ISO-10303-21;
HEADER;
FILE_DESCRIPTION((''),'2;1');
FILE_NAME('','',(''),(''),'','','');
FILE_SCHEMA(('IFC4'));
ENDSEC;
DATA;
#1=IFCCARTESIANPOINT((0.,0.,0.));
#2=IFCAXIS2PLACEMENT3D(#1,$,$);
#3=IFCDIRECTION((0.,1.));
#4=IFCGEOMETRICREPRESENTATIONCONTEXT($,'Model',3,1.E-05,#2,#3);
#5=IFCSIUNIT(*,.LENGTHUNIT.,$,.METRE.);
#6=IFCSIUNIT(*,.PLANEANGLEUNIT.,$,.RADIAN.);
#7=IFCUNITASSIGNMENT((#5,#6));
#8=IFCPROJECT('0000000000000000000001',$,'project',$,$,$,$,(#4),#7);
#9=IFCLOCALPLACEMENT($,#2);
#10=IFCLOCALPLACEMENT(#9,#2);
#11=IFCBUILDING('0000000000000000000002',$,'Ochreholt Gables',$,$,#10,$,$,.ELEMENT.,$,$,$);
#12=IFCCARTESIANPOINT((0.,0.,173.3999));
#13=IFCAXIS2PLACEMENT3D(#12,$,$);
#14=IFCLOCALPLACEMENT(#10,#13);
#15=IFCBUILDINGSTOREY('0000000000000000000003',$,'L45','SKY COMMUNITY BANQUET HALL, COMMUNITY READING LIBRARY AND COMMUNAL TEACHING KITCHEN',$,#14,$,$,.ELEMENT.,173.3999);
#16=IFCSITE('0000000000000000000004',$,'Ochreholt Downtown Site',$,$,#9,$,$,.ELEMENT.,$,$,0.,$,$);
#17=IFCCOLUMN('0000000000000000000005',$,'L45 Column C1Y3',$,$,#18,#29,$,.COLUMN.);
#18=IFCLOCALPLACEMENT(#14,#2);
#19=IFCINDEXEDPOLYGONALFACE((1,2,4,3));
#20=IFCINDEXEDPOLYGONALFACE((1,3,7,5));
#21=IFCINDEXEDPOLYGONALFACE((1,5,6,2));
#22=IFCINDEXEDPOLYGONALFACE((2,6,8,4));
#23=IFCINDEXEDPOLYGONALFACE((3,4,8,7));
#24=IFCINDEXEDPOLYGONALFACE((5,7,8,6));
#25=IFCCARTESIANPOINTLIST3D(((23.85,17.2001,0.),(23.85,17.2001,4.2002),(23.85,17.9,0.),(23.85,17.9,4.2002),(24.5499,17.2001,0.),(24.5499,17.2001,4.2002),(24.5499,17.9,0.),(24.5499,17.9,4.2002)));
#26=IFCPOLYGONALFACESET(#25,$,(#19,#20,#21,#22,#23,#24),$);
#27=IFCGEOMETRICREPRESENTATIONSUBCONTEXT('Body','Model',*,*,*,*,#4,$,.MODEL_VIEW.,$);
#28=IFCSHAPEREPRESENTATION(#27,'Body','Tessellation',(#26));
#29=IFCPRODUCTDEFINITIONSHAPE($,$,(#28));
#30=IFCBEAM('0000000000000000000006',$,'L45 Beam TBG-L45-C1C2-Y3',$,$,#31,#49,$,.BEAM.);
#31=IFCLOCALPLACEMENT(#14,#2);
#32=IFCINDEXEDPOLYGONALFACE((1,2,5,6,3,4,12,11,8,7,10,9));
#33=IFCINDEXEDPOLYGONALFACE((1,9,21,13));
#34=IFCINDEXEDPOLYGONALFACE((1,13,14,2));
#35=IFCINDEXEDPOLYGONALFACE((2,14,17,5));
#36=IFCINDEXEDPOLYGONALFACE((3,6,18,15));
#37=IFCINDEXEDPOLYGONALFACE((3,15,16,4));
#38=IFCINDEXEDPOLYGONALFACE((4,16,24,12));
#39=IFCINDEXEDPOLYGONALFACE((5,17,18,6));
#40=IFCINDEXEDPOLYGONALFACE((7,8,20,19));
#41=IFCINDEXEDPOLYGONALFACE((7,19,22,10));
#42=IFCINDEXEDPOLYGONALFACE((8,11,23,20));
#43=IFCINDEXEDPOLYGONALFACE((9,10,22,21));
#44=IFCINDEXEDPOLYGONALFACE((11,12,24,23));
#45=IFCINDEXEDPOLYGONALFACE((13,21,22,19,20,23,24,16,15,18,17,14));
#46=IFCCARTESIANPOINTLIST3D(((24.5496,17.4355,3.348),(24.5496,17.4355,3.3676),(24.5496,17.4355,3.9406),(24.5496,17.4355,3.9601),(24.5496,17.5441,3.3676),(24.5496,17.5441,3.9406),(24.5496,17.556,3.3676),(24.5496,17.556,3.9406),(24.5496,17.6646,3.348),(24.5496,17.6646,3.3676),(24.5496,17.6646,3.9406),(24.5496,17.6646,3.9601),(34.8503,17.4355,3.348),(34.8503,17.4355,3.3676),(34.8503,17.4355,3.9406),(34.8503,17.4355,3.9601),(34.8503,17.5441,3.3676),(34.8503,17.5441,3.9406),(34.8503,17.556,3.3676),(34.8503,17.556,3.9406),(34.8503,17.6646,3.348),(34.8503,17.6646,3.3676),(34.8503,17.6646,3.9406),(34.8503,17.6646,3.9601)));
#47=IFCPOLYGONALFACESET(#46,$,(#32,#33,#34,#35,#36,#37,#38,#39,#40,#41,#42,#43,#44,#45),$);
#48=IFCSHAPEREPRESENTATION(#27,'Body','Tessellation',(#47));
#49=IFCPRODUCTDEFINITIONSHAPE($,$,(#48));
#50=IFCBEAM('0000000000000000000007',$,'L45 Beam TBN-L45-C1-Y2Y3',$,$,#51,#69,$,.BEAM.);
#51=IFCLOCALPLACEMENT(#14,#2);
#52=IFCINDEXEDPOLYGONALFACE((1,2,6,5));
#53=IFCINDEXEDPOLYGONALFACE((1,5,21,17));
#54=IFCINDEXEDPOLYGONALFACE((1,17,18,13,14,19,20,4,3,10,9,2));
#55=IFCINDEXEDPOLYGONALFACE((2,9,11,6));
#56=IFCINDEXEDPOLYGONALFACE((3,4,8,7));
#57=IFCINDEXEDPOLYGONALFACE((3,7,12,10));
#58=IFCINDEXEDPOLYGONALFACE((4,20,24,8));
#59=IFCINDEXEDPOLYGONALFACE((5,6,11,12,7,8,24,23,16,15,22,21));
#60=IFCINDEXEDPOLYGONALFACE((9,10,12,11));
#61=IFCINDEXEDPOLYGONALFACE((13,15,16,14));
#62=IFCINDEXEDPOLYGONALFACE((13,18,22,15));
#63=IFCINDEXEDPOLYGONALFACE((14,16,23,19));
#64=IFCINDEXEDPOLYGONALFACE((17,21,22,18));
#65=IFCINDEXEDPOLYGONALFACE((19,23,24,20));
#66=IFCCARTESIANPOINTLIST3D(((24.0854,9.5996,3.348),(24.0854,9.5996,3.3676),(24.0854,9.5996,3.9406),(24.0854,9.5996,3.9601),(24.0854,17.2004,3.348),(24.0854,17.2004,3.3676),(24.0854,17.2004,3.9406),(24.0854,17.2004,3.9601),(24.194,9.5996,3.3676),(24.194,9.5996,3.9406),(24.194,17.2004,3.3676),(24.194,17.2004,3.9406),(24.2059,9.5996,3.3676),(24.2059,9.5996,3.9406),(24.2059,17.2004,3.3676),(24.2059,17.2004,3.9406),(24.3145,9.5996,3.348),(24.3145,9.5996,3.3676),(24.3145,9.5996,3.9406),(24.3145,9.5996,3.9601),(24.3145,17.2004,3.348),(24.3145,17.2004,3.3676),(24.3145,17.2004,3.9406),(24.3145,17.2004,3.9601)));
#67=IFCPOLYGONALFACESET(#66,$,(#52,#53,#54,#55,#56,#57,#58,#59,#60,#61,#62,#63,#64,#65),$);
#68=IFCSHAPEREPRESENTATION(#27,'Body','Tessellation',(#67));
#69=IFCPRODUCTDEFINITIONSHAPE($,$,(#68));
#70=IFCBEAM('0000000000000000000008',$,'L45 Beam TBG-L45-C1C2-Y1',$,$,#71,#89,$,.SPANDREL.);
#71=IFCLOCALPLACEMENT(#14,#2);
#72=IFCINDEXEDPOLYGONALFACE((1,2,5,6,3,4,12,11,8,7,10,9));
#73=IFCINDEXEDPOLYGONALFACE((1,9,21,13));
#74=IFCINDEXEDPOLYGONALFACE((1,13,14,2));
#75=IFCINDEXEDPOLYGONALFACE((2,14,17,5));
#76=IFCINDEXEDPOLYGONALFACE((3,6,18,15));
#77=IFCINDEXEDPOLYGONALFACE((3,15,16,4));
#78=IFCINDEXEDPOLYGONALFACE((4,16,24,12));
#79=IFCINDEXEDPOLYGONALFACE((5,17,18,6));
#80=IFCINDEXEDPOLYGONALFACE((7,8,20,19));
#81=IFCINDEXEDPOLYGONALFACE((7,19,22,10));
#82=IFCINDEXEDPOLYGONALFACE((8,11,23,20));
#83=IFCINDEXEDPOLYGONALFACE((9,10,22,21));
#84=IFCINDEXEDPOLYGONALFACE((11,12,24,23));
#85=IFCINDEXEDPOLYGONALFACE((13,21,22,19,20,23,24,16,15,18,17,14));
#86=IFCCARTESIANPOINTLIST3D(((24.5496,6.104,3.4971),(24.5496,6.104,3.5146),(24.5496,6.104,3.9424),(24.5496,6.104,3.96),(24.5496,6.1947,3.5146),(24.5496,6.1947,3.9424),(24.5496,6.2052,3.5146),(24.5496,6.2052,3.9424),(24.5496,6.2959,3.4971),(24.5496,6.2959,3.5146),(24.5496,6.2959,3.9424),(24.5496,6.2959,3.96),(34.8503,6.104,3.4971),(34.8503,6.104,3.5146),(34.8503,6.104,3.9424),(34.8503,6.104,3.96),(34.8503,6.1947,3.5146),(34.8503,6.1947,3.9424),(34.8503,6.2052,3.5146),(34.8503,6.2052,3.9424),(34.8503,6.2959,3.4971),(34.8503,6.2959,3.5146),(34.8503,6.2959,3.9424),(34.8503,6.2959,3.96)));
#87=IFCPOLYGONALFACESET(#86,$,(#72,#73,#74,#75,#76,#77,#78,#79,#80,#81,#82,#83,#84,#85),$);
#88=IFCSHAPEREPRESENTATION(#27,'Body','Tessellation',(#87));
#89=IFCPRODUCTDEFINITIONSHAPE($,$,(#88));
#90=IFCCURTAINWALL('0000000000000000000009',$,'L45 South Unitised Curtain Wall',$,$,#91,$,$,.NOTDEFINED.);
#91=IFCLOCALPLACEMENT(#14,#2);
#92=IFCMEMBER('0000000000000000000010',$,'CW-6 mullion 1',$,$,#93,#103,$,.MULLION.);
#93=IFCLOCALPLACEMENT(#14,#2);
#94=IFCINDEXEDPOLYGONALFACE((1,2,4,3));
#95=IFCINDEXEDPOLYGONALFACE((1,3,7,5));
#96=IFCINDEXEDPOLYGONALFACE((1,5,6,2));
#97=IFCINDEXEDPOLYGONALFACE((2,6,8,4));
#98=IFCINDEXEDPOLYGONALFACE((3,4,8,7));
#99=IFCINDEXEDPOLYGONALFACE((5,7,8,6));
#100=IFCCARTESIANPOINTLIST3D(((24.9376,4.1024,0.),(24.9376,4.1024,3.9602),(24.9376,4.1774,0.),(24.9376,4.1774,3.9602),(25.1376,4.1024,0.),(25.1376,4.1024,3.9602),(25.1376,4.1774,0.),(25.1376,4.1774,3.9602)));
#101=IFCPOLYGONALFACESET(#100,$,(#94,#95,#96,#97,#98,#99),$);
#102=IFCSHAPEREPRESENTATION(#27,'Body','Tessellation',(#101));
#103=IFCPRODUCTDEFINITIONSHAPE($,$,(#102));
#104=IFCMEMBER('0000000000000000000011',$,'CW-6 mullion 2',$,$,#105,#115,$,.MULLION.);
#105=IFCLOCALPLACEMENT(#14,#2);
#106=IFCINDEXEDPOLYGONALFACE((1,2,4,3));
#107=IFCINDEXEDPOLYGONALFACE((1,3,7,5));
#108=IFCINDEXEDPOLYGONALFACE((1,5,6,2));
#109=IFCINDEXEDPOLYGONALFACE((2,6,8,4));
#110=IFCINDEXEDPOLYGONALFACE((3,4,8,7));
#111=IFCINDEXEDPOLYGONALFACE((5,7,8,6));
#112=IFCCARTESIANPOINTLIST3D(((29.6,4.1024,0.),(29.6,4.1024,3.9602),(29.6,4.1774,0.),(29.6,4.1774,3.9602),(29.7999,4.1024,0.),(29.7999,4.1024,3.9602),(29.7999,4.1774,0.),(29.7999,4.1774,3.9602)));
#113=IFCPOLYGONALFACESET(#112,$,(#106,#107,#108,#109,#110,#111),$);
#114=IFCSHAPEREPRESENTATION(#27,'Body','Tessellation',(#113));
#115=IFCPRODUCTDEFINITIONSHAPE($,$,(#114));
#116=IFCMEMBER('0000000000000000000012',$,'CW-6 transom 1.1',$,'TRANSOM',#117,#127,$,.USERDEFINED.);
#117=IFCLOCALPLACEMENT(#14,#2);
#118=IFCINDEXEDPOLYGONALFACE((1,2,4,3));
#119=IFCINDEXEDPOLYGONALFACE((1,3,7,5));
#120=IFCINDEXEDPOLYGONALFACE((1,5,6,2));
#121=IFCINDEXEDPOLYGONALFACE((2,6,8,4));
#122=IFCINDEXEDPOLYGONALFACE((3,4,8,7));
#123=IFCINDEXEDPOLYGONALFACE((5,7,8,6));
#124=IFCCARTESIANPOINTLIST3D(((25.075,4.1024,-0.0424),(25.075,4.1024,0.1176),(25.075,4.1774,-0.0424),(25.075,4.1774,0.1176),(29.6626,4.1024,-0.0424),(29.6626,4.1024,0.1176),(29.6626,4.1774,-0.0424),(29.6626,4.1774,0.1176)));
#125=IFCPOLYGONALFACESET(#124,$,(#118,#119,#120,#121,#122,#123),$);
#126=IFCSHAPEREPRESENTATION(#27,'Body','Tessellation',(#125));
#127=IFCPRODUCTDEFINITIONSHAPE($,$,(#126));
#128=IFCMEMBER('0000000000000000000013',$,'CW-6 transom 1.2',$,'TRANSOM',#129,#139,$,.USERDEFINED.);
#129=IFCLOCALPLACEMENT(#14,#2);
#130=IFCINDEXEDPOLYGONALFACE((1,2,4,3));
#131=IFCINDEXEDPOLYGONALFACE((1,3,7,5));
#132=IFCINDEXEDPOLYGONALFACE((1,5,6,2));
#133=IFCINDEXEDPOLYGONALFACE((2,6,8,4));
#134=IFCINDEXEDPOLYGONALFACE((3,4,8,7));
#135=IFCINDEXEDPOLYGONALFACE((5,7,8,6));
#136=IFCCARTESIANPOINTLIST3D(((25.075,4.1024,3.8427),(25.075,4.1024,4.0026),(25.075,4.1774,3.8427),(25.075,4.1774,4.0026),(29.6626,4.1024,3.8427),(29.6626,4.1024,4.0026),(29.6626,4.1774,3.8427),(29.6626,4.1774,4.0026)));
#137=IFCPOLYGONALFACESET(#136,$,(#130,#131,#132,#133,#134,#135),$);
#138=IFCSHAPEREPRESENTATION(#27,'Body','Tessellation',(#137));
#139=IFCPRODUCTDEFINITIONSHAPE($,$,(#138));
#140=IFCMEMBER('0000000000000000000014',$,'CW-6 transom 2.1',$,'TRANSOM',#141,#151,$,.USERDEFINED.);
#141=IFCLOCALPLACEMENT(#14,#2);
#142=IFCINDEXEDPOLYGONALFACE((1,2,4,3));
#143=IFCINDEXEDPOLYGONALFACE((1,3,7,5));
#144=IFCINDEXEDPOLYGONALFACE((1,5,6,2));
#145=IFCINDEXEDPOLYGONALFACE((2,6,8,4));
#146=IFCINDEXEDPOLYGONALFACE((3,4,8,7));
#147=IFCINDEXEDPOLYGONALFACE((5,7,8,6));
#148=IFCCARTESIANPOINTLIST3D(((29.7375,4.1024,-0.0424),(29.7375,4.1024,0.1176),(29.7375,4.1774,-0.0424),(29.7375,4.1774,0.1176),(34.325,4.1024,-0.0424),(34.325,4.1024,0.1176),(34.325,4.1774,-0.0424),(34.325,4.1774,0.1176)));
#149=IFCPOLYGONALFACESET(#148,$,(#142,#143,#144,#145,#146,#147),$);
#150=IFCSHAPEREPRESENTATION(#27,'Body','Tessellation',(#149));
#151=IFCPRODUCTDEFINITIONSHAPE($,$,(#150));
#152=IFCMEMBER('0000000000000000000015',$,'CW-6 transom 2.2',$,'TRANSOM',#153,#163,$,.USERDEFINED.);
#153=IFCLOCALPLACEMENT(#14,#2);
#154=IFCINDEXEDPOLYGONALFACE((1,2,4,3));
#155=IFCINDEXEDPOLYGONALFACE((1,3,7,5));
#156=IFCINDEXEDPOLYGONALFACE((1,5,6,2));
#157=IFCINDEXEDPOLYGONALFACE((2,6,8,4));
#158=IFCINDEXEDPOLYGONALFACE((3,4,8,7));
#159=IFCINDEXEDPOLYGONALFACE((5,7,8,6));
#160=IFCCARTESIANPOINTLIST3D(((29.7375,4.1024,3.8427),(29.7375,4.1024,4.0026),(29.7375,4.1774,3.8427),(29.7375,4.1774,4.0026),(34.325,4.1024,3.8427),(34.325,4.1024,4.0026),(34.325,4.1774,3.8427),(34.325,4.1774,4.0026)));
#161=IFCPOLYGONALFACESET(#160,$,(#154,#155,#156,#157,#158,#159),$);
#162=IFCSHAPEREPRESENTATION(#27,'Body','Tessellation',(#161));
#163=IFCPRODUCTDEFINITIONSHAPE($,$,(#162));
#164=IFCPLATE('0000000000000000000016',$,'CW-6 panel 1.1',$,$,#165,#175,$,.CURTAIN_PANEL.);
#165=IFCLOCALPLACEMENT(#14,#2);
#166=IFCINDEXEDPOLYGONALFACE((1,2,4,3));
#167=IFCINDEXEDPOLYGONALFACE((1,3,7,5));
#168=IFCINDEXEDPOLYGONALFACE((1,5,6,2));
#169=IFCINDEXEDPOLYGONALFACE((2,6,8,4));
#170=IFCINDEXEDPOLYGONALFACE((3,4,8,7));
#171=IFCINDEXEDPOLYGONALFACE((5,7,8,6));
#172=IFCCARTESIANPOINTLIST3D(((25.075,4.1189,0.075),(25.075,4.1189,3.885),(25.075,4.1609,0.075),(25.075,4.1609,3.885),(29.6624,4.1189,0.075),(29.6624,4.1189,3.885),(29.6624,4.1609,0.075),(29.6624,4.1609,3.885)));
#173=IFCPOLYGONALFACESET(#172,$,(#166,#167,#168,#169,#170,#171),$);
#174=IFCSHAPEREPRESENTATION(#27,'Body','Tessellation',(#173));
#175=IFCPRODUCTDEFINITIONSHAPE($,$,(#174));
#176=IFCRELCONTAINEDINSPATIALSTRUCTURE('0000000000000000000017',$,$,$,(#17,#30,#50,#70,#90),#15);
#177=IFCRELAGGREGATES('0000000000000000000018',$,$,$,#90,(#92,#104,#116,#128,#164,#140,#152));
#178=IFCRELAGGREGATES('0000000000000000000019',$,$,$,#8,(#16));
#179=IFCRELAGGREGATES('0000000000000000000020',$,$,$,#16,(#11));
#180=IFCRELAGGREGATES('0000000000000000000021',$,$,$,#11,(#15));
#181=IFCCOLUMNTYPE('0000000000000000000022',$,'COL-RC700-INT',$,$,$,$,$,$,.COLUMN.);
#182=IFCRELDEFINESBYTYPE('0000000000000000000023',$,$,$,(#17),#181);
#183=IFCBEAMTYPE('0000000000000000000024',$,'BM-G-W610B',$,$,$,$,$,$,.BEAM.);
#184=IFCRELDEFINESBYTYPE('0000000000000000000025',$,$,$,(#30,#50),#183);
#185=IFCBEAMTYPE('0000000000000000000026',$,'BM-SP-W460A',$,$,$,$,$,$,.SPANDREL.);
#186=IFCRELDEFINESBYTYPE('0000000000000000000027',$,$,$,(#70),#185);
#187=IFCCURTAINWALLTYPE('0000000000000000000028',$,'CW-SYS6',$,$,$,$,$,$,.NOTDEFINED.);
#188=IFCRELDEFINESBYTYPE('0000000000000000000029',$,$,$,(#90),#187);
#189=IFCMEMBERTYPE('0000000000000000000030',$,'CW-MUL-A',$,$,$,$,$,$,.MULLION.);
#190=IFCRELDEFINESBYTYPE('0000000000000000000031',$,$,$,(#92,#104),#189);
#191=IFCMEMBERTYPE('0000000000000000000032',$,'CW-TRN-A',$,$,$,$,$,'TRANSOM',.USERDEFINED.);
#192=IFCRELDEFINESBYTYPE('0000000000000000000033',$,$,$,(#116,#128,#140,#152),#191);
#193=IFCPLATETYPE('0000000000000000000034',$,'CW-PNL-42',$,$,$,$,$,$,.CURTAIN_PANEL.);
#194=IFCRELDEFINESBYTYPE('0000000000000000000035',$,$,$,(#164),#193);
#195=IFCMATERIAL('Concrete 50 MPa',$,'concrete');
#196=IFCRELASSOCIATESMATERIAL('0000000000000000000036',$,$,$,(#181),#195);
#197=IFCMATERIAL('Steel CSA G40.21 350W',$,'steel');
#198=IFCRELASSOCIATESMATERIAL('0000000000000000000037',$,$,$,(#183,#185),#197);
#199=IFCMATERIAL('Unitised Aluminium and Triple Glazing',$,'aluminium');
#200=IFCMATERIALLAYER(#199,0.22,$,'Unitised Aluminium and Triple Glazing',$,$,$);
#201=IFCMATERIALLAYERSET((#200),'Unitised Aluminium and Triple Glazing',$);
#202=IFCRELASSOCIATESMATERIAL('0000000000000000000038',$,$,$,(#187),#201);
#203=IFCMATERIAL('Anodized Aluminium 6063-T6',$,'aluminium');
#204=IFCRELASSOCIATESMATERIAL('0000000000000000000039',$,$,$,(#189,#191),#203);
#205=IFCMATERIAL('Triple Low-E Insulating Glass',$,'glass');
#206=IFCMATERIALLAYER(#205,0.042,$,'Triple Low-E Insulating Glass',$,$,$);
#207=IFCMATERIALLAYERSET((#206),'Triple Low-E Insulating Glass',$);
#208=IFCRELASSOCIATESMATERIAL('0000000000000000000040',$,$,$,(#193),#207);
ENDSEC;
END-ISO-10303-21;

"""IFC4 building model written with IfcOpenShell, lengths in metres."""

from ifc_helpers import new_model, si_unit, direction, frame, origin, origin_2d, place, context, subcontext, project, spatial, rectangle, i_section, extrude, material, layer, layer_set, material_profile, profile_set, type_object, element, aggregate, save


model = new_model("IFC4")

# Units and contexts
model_context = context("Model", 3, precision=1e-05, world=origin(), true_north=direction((0.0, 1.0)))
body_context = subcontext(model_context, "Body", "Model", "MODEL_VIEW")
ifc_project = project(units=[si_unit("LENGTHUNIT", "METRE"), si_unit("PLANEANGLEUNIT", "RADIAN")], contexts=[model_context])

# Site, building, storey
site_placement = place(None, origin())
site = spatial("IfcSite", under=ifc_project, at=site_placement, Name="Ochreholt Downtown Site", CompositionType="ELEMENT", RefElevation=0.0)
building_placement = place(site_placement, origin())
building = spatial("IfcBuilding", under=site, at=building_placement, Name="Ochreholt Gables", CompositionType="ELEMENT")
storey_placement = place(building_placement, frame((0.0, 0.0, 173.3999)))
storey = spatial("IfcBuildingStorey", under=building, at=storey_placement, Name="L45", Description="SKY COMMUNITY BANQUET HALL, COMMUNITY READING LIBRARY AND COMMUNAL TEACHING KITCHEN", CompositionType="ELEMENT", Elevation=173.3999)

# Column
ifc_material_1 = material(Name="Concrete 50 MPa", Category="concrete")
ifc_material_profile_1 = material_profile(ifc_material_1, rectangle(XDim=0.7, YDim=0.7, at=origin_2d()), Name="RC700X700")
ifc_profile_set_1 = profile_set([ifc_material_profile_1], Name="Concrete 50 MPa")
column_type = type_object("IfcColumnType", Name="COL-RC700-INT", PredefinedType="COLUMN", material=ifc_profile_set_1)
column_placement = place(storey_placement, frame((24.2, 17.55, 0.0), z_axis=(0.0, 0.0, 1.0), x_axis=(1.0, 0.0, 0.0)))
element("IfcColumn", 1, at=column_placement, inside=storey, type_object=column_type, Name="L45 Column C1Y3", PredefinedType="COLUMN", context=body_context, shape_type="SweptSolid", body=[
    extrude(rectangle(XDim=0.7, YDim=0.7, at=origin_2d()), origin(), (0.0, 0.0, 1.0), 4.2002),
])

# Beams
ifc_material_2 = material(Name="Steel CSA G40.21 350W", Category="steel")
ifc_material_profile_2 = material_profile(ifc_material_2, i_section(OverallWidth=0.229, OverallDepth=0.6121, WebThickness=0.012, FlangeThickness=0.0195, at=origin_2d()), Name="W610X125")
ifc_profile_set_2 = profile_set([ifc_material_profile_2], Name="Steel CSA G40.21 350W")
beam_type_1 = type_object("IfcBeamType", Name="BM-G-W610B", PredefinedType="BEAM", material=ifc_profile_set_2)
beam_1_placement = place(storey_placement, frame((24.5496, 17.55, 3.6541), z_axis=(1.0, 0.0, 0.0), x_axis=(0.0, 1.0, 0.0)))
element("IfcBeam", 2, at=beam_1_placement, inside=storey, type_object=beam_type_1, Name="L45 Beam TBG-L45-C1C2-Y3", PredefinedType="BEAM", context=body_context, shape_type="SweptSolid", body=[
    extrude(i_section(OverallWidth=0.229, OverallDepth=0.6121, WebThickness=0.012, FlangeThickness=0.0195, at=origin_2d()), origin(), (0.0, 0.0, 1.0), 10.3008),
])
beam_2_placement = place(storey_placement, frame((24.2, 9.5996, 3.6541), z_axis=(0.0, 1.0, 0.0), x_axis=(-1.0, 0.0, 0.0)))
element("IfcBeam", 3, at=beam_2_placement, inside=storey, type_object=beam_type_1, Name="L45 Beam TBN-L45-C1-Y2Y3", PredefinedType="BEAM", context=body_context, shape_type="SweptSolid", body=[
    extrude(i_section(OverallWidth=0.229, OverallDepth=0.6121, WebThickness=0.012, FlangeThickness=0.0195, at=origin_2d()), origin(), (0.0, 0.0, 1.0), 7.6008),
])
ifc_material_profile_3 = material_profile(ifc_material_2, i_section(OverallWidth=0.1919, OverallDepth=0.4629, WebThickness=0.0105, FlangeThickness=0.0176, at=origin_2d()), Name="W460X89")
ifc_profile_set_3 = profile_set([ifc_material_profile_3], Name="Steel CSA G40.21 350W")
beam_type_2 = type_object("IfcBeamType", Name="BM-SP-W460A", PredefinedType="SPANDREL", material=ifc_profile_set_3)
beam_3_placement = place(storey_placement, frame((24.5496, 6.2, 3.7285), z_axis=(1.0, 0.0, 0.0), x_axis=(0.0, 1.0, 0.0)))
element("IfcBeam", 4, at=beam_3_placement, inside=storey, type_object=beam_type_2, Name="L45 Beam TBG-L45-C1C2-Y1", PredefinedType="SPANDREL", context=body_context, shape_type="SweptSolid", body=[
    extrude(i_section(OverallWidth=0.1919, OverallDepth=0.4629, WebThickness=0.0105, FlangeThickness=0.0176, at=origin_2d()), origin(), (0.0, 0.0, 1.0), 10.3008),
])

# Curtain wall, members, plate
ifc_material_3 = material(Name="Unitised Aluminium and Triple Glazing", Category="aluminium")
ifc_layer_1 = layer(ifc_material_3, 0.22, Name="Unitised Aluminium and Triple Glazing")
ifc_layer_set_1 = layer_set([ifc_layer_1], Name="Unitised Aluminium and Triple Glazing")
curtain_wall_type = type_object("IfcCurtainWallType", Name="CW-SYS6", PredefinedType="NOTDEFINED", material=ifc_layer_set_1)
curtain_wall_placement = place(storey_placement, origin())
curtain_wall = element("IfcCurtainWall", 5, at=curtain_wall_placement, inside=storey, type_object=curtain_wall_type, Name="L45 South Unitised Curtain Wall", PredefinedType="NOTDEFINED")
ifc_material_4 = material(Name="Anodized Aluminium 6063-T6", Category="aluminium")
ifc_material_profile_4 = material_profile(ifc_material_4, rectangle(XDim=0.075, YDim=0.2, at=origin_2d()), Name="CWM75X200")
ifc_profile_set_4 = profile_set([ifc_material_profile_4], Name="Anodized Aluminium 6063-T6")
member_type_1 = type_object("IfcMemberType", Name="CW-MUL-A", PredefinedType="MULLION", material=ifc_profile_set_4)
member_1_placement = place(storey_placement, frame((25.0376, 4.1399, 0.0), z_axis=(0.0, 0.0, 1.0), x_axis=(0.0, 1.0, 0.0)))
member_1 = element("IfcMember", 6, at=member_1_placement, type_object=member_type_1, Name="CW-6 mullion 1", PredefinedType="MULLION", context=body_context, shape_type="SweptSolid", body=[
    extrude(rectangle(XDim=0.075, YDim=0.2, at=origin_2d()), origin(), (0.0, 0.0, 1.0), 3.9602),
])
member_2_placement = place(storey_placement, frame((29.7, 4.1399, 0.0), z_axis=(0.0, 0.0, 1.0), x_axis=(0.0, 1.0, 0.0)))
member_2 = element("IfcMember", 7, at=member_2_placement, type_object=member_type_1, Name="CW-6 mullion 2", PredefinedType="MULLION", context=body_context, shape_type="SweptSolid", body=[
    extrude(rectangle(XDim=0.075, YDim=0.2, at=origin_2d()), origin(), (0.0, 0.0, 1.0), 3.9602),
])
ifc_material_profile_5 = material_profile(ifc_material_4, rectangle(XDim=0.075, YDim=0.1599, at=origin_2d()), Name="CWT75X160")
ifc_profile_set_5 = profile_set([ifc_material_profile_5], Name="Anodized Aluminium 6063-T6")
member_type_2 = type_object("IfcMemberType", Name="CW-TRN-A", ElementType="TRANSOM", PredefinedType="USERDEFINED", material=ifc_profile_set_5)
member_3_placement = place(storey_placement, frame((25.075, 4.1399, 0.0376), z_axis=(1.0, 0.0, 0.0), x_axis=(0.0, 1.0, 0.0)))
member_3 = element("IfcMember", 8, at=member_3_placement, type_object=member_type_2, Name="CW-6 transom 1.1", ObjectType="TRANSOM", PredefinedType="USERDEFINED", context=body_context, shape_type="SweptSolid", body=[
    extrude(rectangle(XDim=0.075, YDim=0.1599, at=origin_2d()), origin(), (0.0, 0.0, 1.0), 4.5876),
])
member_4_placement = place(storey_placement, frame((25.075, 4.1399, 3.9226), z_axis=(1.0, 0.0, 0.0), x_axis=(0.0, 1.0, 0.0)))
member_4 = element("IfcMember", 9, at=member_4_placement, type_object=member_type_2, Name="CW-6 transom 1.2", ObjectType="TRANSOM", PredefinedType="USERDEFINED", context=body_context, shape_type="SweptSolid", body=[
    extrude(rectangle(XDim=0.075, YDim=0.1599, at=origin_2d()), origin(), (0.0, 0.0, 1.0), 4.5876),
])
member_5_placement = place(storey_placement, frame((29.7375, 4.1399, 0.0376), z_axis=(1.0, 0.0, 0.0), x_axis=(0.0, 1.0, 0.0)))
member_5 = element("IfcMember", 10, at=member_5_placement, type_object=member_type_2, Name="CW-6 transom 2.1", ObjectType="TRANSOM", PredefinedType="USERDEFINED", context=body_context, shape_type="SweptSolid", body=[
    extrude(rectangle(XDim=0.075, YDim=0.1599, at=origin_2d()), origin(), (0.0, 0.0, 1.0), 4.5874),
])
member_6_placement = place(storey_placement, frame((29.7375, 4.1399, 3.9226), z_axis=(1.0, 0.0, 0.0), x_axis=(0.0, 1.0, 0.0)))
member_6 = element("IfcMember", 11, at=member_6_placement, type_object=member_type_2, Name="CW-6 transom 2.2", ObjectType="TRANSOM", PredefinedType="USERDEFINED", context=body_context, shape_type="SweptSolid", body=[
    extrude(rectangle(XDim=0.075, YDim=0.1599, at=origin_2d()), origin(), (0.0, 0.0, 1.0), 4.5874),
])
ifc_material_5 = material(Name="Triple Low-E Insulating Glass", Category="glass")
ifc_layer_2 = layer(ifc_material_5, 0.042, Name="Triple Low-E Insulating Glass")
ifc_layer_set_2 = layer_set([ifc_layer_2], Name="Triple Low-E Insulating Glass")
plate_type = type_object("IfcPlateType", Name="CW-PNL-42", PredefinedType="CURTAIN_PANEL", material=ifc_layer_set_2)
plate_placement = place(storey_placement, frame((27.3687, 4.1399, 0.075), z_axis=(0.0, 0.0, 1.0), x_axis=(1.0, 0.0, 0.0)))
plate = element("IfcPlate", 12, at=plate_placement, type_object=plate_type, Name="CW-6 panel 1.1", PredefinedType="CURTAIN_PANEL", context=body_context, shape_type="SweptSolid", body=[
    extrude(rectangle(XDim=4.5874, YDim=0.042, at=origin_2d()), origin(), (0.0, 0.0, 1.0), 3.8101),
])
aggregate(curtain_wall, [member_1, member_2, member_3, member_4, plate, member_5, member_6])

save(model, "model.ifc")
